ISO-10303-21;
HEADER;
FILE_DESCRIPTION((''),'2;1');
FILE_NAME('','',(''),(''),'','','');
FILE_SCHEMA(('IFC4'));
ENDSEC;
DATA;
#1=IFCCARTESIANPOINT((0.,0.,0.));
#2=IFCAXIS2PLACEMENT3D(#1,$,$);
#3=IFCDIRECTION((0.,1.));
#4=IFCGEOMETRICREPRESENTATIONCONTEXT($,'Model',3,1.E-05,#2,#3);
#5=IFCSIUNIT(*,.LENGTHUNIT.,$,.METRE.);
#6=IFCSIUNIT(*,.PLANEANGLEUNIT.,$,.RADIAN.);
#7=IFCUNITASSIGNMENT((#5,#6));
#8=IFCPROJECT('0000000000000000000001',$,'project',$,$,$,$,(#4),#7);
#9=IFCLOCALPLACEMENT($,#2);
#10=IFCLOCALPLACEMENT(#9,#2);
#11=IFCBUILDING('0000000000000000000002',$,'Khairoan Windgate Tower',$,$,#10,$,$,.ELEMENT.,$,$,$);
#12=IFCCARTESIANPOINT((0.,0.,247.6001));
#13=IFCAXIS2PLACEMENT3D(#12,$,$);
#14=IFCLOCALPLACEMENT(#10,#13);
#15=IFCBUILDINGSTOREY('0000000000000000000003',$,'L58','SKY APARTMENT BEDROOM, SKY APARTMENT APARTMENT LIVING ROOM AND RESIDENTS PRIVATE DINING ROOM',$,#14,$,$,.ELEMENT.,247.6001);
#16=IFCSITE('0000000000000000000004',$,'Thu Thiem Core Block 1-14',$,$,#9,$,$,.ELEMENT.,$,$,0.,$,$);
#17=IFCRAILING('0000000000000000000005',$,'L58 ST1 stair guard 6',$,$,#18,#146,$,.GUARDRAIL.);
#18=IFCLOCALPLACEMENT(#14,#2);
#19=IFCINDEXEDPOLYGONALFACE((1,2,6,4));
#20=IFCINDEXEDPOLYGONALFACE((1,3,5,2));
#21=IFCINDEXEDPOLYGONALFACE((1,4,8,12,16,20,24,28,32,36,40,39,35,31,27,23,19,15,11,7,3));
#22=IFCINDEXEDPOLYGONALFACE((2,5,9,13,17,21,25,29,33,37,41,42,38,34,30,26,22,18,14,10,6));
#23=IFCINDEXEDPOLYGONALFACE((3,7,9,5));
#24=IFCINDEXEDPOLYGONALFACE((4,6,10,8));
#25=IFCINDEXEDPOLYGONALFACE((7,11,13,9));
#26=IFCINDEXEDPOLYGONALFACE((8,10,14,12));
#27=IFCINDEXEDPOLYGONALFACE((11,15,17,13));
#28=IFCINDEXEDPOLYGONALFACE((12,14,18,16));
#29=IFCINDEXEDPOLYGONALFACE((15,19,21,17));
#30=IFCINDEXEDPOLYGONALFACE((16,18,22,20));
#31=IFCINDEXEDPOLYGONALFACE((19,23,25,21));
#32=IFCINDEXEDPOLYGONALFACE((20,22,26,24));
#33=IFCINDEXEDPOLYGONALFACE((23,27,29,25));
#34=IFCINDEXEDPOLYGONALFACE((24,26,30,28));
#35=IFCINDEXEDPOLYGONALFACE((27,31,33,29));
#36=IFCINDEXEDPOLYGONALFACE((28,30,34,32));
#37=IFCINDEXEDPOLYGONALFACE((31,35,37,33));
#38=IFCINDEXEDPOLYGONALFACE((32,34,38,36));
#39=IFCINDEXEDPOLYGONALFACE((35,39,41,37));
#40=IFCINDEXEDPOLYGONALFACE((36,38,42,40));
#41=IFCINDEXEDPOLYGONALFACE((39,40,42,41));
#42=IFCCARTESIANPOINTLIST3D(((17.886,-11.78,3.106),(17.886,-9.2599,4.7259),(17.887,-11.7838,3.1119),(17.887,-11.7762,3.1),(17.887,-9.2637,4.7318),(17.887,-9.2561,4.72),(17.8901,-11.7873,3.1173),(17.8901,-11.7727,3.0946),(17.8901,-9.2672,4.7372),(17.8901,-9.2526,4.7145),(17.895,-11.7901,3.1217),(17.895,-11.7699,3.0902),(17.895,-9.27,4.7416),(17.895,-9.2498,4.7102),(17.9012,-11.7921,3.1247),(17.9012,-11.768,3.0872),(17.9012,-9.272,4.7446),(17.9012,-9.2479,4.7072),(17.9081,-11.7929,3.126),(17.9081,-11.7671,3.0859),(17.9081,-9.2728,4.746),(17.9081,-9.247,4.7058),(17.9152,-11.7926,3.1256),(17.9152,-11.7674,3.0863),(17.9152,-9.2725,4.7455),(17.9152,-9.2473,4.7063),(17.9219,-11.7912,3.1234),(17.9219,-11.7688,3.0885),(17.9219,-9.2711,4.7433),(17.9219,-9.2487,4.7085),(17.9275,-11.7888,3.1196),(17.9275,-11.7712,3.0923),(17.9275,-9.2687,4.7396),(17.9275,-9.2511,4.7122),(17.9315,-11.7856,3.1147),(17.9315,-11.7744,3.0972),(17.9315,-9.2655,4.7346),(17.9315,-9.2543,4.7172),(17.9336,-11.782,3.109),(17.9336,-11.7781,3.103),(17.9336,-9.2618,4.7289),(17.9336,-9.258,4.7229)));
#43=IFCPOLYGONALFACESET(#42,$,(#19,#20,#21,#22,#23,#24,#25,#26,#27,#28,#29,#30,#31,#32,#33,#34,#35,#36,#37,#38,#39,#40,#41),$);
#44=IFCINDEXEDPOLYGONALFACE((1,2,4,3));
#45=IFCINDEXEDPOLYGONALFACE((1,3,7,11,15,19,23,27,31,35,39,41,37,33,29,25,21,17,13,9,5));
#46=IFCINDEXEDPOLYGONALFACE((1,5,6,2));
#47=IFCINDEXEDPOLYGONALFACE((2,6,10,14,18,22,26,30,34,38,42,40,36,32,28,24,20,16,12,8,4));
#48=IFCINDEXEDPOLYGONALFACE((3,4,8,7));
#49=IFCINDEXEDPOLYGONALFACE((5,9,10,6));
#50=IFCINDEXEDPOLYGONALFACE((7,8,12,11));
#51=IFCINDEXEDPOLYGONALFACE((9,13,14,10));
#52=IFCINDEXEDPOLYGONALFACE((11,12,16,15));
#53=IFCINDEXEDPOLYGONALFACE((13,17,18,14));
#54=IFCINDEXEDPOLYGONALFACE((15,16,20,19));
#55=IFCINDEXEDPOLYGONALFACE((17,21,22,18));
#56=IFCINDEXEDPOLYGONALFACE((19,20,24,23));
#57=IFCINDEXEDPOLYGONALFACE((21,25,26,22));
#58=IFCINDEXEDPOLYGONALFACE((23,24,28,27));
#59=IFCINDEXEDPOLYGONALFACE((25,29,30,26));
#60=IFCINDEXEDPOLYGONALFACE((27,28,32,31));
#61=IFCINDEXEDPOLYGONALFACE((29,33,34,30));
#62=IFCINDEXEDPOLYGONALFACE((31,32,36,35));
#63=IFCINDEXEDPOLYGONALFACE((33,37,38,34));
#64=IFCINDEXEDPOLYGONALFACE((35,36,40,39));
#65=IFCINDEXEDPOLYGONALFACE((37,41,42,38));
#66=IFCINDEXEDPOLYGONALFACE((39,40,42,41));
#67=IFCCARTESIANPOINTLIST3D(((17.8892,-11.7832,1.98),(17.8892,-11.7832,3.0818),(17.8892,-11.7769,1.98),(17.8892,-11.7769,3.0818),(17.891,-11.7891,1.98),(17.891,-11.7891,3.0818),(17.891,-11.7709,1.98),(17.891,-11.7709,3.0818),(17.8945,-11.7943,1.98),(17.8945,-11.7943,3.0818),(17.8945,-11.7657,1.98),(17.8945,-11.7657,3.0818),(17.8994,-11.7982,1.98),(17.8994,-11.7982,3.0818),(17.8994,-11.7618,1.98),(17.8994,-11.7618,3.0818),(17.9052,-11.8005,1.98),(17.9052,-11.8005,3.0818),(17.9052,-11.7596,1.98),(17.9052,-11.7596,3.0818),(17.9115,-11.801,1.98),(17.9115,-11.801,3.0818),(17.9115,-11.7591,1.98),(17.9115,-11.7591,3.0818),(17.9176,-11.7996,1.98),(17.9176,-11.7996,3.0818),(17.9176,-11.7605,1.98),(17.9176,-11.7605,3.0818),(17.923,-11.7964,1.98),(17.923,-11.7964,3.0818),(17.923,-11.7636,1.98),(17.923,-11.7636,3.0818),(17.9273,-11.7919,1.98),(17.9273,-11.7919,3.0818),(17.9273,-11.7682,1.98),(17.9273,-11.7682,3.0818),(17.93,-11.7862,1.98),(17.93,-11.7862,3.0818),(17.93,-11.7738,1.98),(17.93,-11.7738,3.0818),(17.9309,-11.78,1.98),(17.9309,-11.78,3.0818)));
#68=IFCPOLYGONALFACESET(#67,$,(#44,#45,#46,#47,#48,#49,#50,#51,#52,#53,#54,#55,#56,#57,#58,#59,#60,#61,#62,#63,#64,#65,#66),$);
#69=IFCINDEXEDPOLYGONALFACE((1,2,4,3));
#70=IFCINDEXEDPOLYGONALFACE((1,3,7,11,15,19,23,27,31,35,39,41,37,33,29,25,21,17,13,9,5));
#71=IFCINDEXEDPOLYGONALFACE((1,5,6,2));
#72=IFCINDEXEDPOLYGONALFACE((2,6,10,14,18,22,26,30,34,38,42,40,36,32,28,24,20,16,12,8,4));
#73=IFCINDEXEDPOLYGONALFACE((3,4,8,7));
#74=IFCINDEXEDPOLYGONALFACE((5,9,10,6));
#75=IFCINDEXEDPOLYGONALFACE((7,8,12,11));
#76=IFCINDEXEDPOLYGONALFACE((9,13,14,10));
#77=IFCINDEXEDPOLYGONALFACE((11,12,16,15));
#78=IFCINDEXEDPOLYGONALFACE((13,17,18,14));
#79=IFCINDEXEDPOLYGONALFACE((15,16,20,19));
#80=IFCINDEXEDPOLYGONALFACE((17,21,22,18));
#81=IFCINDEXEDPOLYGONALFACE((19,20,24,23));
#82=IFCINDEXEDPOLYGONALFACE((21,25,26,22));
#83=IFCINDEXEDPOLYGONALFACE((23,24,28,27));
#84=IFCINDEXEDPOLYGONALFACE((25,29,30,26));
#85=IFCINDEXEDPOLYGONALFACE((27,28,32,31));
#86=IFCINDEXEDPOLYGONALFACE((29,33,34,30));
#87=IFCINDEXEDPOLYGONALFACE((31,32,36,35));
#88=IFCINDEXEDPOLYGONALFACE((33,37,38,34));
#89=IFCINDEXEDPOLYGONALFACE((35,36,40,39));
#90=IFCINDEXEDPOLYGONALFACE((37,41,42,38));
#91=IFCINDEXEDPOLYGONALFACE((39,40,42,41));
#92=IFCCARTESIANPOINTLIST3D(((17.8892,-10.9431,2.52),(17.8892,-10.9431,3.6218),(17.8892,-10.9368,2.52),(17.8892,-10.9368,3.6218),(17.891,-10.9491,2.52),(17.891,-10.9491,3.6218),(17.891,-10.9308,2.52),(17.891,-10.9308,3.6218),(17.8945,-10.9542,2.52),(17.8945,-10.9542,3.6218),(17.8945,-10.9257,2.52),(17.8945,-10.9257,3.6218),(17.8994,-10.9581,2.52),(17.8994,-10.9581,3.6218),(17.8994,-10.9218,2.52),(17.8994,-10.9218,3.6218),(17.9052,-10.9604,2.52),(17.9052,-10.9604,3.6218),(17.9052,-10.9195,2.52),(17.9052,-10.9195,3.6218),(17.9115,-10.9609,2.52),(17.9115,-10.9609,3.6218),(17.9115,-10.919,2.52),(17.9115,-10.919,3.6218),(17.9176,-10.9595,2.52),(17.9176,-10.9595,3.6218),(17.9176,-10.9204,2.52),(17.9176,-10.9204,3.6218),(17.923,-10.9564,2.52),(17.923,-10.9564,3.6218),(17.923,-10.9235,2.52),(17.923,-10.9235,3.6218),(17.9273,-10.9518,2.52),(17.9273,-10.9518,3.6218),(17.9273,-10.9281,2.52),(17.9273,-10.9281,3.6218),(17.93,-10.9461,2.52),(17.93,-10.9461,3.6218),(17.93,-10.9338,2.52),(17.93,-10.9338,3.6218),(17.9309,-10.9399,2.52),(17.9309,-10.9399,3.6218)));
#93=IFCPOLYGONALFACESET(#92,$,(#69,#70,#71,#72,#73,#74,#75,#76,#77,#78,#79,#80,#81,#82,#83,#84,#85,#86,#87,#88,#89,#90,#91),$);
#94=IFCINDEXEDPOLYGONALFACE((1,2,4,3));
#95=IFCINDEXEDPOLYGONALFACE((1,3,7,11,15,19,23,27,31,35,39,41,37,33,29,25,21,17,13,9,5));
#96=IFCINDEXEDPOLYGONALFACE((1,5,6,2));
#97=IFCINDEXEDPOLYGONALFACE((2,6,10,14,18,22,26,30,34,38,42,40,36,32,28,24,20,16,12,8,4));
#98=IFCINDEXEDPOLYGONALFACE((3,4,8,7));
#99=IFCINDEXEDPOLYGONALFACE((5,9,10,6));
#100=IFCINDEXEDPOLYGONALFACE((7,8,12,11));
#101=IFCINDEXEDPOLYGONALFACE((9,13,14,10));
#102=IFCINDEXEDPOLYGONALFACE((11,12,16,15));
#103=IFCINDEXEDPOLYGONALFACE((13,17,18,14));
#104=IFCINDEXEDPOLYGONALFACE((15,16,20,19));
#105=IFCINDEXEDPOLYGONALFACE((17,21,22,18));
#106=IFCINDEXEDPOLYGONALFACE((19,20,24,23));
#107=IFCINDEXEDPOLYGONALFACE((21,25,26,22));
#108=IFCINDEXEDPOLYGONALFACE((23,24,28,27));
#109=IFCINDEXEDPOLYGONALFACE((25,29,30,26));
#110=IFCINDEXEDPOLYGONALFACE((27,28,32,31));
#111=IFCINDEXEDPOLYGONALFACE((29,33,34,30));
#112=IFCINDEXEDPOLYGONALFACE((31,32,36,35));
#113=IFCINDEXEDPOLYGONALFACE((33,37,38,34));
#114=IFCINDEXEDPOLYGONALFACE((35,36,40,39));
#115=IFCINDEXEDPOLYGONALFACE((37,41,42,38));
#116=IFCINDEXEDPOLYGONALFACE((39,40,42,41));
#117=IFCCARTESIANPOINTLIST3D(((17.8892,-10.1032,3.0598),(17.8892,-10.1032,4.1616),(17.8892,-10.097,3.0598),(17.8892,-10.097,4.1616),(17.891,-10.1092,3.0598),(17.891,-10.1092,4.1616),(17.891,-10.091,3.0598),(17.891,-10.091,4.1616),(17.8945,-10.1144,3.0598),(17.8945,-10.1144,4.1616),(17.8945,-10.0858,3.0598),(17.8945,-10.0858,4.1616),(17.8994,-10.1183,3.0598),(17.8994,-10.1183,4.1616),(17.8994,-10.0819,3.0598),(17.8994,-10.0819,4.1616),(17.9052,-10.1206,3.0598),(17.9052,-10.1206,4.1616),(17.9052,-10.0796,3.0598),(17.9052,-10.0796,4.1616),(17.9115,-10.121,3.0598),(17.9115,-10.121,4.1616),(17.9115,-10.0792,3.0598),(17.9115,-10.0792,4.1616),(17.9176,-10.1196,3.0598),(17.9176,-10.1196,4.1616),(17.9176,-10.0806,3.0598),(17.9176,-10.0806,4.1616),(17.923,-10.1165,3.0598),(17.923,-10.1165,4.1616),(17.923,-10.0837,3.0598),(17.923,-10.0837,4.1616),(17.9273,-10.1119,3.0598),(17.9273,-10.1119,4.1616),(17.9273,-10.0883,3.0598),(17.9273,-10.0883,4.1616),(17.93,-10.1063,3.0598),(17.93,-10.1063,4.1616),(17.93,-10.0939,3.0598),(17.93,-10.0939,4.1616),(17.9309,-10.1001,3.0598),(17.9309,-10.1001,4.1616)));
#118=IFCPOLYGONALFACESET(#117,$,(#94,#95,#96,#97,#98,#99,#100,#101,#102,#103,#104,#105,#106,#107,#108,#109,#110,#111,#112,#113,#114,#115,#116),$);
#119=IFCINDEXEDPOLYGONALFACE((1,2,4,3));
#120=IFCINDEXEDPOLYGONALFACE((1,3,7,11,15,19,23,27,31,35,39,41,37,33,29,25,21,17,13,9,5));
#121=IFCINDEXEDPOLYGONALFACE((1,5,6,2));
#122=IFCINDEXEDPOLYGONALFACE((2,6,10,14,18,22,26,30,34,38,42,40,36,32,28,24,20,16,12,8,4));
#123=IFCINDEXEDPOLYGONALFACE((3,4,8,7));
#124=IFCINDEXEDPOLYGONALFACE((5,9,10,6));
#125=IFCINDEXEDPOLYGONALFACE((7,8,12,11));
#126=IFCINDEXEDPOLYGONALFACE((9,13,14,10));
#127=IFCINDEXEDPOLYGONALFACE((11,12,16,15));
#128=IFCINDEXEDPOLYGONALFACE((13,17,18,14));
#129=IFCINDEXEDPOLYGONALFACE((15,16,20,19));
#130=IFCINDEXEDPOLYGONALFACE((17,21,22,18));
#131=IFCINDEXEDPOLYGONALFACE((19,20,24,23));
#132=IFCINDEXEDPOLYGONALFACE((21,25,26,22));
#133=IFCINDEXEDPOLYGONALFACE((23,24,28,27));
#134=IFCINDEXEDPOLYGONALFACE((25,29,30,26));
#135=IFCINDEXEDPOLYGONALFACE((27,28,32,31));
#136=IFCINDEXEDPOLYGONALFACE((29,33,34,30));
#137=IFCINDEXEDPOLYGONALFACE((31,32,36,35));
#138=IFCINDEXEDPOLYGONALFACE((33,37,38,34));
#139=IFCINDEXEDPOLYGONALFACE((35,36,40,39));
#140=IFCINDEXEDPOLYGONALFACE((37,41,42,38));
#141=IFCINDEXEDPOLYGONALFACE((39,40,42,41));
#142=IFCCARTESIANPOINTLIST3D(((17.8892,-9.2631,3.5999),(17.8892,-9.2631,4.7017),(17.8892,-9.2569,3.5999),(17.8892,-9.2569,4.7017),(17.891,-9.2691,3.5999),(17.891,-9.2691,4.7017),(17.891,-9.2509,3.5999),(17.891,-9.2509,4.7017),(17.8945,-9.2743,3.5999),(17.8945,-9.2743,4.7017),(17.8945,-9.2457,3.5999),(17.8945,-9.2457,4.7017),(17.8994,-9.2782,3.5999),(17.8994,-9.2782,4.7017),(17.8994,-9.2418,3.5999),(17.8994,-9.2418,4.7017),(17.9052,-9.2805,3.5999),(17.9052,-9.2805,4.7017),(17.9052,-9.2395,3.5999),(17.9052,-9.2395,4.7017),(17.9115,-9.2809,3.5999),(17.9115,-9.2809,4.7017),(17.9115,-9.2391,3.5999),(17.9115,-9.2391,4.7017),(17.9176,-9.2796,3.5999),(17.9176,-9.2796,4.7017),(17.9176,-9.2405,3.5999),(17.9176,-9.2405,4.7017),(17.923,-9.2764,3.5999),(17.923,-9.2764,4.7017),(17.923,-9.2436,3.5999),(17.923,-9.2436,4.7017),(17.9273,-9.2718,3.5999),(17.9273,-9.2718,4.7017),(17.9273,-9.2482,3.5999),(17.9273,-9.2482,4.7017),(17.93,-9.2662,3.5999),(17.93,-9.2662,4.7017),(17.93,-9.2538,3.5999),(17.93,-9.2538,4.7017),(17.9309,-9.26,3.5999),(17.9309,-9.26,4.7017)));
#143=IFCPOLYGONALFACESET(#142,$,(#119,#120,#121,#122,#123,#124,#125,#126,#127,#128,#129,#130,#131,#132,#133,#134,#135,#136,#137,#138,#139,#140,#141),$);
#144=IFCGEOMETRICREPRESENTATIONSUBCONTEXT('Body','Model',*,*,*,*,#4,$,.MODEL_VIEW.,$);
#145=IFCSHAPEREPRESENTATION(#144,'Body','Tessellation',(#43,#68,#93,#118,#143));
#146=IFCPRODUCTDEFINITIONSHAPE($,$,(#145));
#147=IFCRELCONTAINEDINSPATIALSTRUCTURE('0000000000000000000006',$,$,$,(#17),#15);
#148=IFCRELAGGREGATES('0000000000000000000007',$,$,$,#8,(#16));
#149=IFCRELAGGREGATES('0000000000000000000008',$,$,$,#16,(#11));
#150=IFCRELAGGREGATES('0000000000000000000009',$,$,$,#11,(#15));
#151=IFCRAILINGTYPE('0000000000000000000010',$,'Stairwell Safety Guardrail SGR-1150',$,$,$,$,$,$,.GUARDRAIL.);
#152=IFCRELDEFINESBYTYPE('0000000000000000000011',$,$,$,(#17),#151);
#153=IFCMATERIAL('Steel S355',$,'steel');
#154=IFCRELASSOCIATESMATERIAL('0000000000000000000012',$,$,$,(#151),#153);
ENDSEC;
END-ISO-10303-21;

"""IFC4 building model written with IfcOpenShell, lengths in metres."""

from ifc_helpers import new_model, si_unit, direction, frame, origin, origin_2d, place, context, subcontext, project, spatial, circle, extrude, material, type_object, element, save


model = new_model("IFC4")

# Units and contexts
model_context = context("Model", 3, precision=1e-05, world=origin(), true_north=direction((0.0, 1.0)))
body_context = subcontext(model_context, "Body", "Model", "MODEL_VIEW")
ifc_project = project(units=[si_unit("LENGTHUNIT", "METRE"), si_unit("PLANEANGLEUNIT", "RADIAN")], contexts=[model_context])

# Site, building, storey
site_placement = place(None, origin())
site = spatial("IfcSite", under=ifc_project, at=site_placement, Name="Thu Thiem Core Block 1-14", CompositionType="ELEMENT", RefElevation=0.0)
building_placement = place(site_placement, origin())
building = spatial("IfcBuilding", under=site, at=building_placement, Name="Khairoan Windgate Tower", CompositionType="ELEMENT")
storey_placement = place(building_placement, frame((0.0, 0.0, 247.6001)))
storey = spatial("IfcBuildingStorey", under=building, at=storey_placement, Name="L58", Description="SKY APARTMENT BEDROOM, SKY APARTMENT APARTMENT LIVING ROOM AND RESIDENTS PRIVATE DINING ROOM", CompositionType="ELEMENT", Elevation=247.6001)

# Railing
ifc_material_1 = material(Name="Steel S355", Category="steel")
railing_type_1 = type_object("IfcRailingType", Name="Stairwell Safety Guardrail SGR-1150", PredefinedType="GUARDRAIL", material=ifc_material_1)
railing_1_placement = place(storey_placement, frame((17.9099, -11.78, 1.98)))
element("IfcRailing", 1, at=railing_1_placement, inside=storey, type_object=railing_type_1, Name="L58 ST1 stair guard 6", PredefinedType="GUARDRAIL", context=body_context, shape_type="SweptSolid", body=[
    extrude(circle(Radius=0.0239, at=origin_2d()), frame((0.0, 0.0, 1.126), z_axis=(0.0, 0.8412, 0.540725), x_axis=(-1.0, 0.0, 0.0)), (0.0, 0.0, 1.0), 2.9958),
    extrude(circle(Radius=0.021, at=origin_2d()), origin(), (0.0, 0.0, 1.0), 1.1018),
    extrude(circle(Radius=0.021, at=origin_2d()), frame((0.0, 0.8401, 0.54)), (0.0, 0.0, 1.0), 1.1018),
    extrude(circle(Radius=0.021, at=origin_2d()), frame((0.0, 1.6799, 1.0798)), (0.0, 0.0, 1.0), 1.1018),
    extrude(circle(Radius=0.021, at=origin_2d()), frame((0.0, 2.52, 1.6199)), (0.0, 0.0, 1.0), 1.1018),
])

save(model, "model.ifc")
